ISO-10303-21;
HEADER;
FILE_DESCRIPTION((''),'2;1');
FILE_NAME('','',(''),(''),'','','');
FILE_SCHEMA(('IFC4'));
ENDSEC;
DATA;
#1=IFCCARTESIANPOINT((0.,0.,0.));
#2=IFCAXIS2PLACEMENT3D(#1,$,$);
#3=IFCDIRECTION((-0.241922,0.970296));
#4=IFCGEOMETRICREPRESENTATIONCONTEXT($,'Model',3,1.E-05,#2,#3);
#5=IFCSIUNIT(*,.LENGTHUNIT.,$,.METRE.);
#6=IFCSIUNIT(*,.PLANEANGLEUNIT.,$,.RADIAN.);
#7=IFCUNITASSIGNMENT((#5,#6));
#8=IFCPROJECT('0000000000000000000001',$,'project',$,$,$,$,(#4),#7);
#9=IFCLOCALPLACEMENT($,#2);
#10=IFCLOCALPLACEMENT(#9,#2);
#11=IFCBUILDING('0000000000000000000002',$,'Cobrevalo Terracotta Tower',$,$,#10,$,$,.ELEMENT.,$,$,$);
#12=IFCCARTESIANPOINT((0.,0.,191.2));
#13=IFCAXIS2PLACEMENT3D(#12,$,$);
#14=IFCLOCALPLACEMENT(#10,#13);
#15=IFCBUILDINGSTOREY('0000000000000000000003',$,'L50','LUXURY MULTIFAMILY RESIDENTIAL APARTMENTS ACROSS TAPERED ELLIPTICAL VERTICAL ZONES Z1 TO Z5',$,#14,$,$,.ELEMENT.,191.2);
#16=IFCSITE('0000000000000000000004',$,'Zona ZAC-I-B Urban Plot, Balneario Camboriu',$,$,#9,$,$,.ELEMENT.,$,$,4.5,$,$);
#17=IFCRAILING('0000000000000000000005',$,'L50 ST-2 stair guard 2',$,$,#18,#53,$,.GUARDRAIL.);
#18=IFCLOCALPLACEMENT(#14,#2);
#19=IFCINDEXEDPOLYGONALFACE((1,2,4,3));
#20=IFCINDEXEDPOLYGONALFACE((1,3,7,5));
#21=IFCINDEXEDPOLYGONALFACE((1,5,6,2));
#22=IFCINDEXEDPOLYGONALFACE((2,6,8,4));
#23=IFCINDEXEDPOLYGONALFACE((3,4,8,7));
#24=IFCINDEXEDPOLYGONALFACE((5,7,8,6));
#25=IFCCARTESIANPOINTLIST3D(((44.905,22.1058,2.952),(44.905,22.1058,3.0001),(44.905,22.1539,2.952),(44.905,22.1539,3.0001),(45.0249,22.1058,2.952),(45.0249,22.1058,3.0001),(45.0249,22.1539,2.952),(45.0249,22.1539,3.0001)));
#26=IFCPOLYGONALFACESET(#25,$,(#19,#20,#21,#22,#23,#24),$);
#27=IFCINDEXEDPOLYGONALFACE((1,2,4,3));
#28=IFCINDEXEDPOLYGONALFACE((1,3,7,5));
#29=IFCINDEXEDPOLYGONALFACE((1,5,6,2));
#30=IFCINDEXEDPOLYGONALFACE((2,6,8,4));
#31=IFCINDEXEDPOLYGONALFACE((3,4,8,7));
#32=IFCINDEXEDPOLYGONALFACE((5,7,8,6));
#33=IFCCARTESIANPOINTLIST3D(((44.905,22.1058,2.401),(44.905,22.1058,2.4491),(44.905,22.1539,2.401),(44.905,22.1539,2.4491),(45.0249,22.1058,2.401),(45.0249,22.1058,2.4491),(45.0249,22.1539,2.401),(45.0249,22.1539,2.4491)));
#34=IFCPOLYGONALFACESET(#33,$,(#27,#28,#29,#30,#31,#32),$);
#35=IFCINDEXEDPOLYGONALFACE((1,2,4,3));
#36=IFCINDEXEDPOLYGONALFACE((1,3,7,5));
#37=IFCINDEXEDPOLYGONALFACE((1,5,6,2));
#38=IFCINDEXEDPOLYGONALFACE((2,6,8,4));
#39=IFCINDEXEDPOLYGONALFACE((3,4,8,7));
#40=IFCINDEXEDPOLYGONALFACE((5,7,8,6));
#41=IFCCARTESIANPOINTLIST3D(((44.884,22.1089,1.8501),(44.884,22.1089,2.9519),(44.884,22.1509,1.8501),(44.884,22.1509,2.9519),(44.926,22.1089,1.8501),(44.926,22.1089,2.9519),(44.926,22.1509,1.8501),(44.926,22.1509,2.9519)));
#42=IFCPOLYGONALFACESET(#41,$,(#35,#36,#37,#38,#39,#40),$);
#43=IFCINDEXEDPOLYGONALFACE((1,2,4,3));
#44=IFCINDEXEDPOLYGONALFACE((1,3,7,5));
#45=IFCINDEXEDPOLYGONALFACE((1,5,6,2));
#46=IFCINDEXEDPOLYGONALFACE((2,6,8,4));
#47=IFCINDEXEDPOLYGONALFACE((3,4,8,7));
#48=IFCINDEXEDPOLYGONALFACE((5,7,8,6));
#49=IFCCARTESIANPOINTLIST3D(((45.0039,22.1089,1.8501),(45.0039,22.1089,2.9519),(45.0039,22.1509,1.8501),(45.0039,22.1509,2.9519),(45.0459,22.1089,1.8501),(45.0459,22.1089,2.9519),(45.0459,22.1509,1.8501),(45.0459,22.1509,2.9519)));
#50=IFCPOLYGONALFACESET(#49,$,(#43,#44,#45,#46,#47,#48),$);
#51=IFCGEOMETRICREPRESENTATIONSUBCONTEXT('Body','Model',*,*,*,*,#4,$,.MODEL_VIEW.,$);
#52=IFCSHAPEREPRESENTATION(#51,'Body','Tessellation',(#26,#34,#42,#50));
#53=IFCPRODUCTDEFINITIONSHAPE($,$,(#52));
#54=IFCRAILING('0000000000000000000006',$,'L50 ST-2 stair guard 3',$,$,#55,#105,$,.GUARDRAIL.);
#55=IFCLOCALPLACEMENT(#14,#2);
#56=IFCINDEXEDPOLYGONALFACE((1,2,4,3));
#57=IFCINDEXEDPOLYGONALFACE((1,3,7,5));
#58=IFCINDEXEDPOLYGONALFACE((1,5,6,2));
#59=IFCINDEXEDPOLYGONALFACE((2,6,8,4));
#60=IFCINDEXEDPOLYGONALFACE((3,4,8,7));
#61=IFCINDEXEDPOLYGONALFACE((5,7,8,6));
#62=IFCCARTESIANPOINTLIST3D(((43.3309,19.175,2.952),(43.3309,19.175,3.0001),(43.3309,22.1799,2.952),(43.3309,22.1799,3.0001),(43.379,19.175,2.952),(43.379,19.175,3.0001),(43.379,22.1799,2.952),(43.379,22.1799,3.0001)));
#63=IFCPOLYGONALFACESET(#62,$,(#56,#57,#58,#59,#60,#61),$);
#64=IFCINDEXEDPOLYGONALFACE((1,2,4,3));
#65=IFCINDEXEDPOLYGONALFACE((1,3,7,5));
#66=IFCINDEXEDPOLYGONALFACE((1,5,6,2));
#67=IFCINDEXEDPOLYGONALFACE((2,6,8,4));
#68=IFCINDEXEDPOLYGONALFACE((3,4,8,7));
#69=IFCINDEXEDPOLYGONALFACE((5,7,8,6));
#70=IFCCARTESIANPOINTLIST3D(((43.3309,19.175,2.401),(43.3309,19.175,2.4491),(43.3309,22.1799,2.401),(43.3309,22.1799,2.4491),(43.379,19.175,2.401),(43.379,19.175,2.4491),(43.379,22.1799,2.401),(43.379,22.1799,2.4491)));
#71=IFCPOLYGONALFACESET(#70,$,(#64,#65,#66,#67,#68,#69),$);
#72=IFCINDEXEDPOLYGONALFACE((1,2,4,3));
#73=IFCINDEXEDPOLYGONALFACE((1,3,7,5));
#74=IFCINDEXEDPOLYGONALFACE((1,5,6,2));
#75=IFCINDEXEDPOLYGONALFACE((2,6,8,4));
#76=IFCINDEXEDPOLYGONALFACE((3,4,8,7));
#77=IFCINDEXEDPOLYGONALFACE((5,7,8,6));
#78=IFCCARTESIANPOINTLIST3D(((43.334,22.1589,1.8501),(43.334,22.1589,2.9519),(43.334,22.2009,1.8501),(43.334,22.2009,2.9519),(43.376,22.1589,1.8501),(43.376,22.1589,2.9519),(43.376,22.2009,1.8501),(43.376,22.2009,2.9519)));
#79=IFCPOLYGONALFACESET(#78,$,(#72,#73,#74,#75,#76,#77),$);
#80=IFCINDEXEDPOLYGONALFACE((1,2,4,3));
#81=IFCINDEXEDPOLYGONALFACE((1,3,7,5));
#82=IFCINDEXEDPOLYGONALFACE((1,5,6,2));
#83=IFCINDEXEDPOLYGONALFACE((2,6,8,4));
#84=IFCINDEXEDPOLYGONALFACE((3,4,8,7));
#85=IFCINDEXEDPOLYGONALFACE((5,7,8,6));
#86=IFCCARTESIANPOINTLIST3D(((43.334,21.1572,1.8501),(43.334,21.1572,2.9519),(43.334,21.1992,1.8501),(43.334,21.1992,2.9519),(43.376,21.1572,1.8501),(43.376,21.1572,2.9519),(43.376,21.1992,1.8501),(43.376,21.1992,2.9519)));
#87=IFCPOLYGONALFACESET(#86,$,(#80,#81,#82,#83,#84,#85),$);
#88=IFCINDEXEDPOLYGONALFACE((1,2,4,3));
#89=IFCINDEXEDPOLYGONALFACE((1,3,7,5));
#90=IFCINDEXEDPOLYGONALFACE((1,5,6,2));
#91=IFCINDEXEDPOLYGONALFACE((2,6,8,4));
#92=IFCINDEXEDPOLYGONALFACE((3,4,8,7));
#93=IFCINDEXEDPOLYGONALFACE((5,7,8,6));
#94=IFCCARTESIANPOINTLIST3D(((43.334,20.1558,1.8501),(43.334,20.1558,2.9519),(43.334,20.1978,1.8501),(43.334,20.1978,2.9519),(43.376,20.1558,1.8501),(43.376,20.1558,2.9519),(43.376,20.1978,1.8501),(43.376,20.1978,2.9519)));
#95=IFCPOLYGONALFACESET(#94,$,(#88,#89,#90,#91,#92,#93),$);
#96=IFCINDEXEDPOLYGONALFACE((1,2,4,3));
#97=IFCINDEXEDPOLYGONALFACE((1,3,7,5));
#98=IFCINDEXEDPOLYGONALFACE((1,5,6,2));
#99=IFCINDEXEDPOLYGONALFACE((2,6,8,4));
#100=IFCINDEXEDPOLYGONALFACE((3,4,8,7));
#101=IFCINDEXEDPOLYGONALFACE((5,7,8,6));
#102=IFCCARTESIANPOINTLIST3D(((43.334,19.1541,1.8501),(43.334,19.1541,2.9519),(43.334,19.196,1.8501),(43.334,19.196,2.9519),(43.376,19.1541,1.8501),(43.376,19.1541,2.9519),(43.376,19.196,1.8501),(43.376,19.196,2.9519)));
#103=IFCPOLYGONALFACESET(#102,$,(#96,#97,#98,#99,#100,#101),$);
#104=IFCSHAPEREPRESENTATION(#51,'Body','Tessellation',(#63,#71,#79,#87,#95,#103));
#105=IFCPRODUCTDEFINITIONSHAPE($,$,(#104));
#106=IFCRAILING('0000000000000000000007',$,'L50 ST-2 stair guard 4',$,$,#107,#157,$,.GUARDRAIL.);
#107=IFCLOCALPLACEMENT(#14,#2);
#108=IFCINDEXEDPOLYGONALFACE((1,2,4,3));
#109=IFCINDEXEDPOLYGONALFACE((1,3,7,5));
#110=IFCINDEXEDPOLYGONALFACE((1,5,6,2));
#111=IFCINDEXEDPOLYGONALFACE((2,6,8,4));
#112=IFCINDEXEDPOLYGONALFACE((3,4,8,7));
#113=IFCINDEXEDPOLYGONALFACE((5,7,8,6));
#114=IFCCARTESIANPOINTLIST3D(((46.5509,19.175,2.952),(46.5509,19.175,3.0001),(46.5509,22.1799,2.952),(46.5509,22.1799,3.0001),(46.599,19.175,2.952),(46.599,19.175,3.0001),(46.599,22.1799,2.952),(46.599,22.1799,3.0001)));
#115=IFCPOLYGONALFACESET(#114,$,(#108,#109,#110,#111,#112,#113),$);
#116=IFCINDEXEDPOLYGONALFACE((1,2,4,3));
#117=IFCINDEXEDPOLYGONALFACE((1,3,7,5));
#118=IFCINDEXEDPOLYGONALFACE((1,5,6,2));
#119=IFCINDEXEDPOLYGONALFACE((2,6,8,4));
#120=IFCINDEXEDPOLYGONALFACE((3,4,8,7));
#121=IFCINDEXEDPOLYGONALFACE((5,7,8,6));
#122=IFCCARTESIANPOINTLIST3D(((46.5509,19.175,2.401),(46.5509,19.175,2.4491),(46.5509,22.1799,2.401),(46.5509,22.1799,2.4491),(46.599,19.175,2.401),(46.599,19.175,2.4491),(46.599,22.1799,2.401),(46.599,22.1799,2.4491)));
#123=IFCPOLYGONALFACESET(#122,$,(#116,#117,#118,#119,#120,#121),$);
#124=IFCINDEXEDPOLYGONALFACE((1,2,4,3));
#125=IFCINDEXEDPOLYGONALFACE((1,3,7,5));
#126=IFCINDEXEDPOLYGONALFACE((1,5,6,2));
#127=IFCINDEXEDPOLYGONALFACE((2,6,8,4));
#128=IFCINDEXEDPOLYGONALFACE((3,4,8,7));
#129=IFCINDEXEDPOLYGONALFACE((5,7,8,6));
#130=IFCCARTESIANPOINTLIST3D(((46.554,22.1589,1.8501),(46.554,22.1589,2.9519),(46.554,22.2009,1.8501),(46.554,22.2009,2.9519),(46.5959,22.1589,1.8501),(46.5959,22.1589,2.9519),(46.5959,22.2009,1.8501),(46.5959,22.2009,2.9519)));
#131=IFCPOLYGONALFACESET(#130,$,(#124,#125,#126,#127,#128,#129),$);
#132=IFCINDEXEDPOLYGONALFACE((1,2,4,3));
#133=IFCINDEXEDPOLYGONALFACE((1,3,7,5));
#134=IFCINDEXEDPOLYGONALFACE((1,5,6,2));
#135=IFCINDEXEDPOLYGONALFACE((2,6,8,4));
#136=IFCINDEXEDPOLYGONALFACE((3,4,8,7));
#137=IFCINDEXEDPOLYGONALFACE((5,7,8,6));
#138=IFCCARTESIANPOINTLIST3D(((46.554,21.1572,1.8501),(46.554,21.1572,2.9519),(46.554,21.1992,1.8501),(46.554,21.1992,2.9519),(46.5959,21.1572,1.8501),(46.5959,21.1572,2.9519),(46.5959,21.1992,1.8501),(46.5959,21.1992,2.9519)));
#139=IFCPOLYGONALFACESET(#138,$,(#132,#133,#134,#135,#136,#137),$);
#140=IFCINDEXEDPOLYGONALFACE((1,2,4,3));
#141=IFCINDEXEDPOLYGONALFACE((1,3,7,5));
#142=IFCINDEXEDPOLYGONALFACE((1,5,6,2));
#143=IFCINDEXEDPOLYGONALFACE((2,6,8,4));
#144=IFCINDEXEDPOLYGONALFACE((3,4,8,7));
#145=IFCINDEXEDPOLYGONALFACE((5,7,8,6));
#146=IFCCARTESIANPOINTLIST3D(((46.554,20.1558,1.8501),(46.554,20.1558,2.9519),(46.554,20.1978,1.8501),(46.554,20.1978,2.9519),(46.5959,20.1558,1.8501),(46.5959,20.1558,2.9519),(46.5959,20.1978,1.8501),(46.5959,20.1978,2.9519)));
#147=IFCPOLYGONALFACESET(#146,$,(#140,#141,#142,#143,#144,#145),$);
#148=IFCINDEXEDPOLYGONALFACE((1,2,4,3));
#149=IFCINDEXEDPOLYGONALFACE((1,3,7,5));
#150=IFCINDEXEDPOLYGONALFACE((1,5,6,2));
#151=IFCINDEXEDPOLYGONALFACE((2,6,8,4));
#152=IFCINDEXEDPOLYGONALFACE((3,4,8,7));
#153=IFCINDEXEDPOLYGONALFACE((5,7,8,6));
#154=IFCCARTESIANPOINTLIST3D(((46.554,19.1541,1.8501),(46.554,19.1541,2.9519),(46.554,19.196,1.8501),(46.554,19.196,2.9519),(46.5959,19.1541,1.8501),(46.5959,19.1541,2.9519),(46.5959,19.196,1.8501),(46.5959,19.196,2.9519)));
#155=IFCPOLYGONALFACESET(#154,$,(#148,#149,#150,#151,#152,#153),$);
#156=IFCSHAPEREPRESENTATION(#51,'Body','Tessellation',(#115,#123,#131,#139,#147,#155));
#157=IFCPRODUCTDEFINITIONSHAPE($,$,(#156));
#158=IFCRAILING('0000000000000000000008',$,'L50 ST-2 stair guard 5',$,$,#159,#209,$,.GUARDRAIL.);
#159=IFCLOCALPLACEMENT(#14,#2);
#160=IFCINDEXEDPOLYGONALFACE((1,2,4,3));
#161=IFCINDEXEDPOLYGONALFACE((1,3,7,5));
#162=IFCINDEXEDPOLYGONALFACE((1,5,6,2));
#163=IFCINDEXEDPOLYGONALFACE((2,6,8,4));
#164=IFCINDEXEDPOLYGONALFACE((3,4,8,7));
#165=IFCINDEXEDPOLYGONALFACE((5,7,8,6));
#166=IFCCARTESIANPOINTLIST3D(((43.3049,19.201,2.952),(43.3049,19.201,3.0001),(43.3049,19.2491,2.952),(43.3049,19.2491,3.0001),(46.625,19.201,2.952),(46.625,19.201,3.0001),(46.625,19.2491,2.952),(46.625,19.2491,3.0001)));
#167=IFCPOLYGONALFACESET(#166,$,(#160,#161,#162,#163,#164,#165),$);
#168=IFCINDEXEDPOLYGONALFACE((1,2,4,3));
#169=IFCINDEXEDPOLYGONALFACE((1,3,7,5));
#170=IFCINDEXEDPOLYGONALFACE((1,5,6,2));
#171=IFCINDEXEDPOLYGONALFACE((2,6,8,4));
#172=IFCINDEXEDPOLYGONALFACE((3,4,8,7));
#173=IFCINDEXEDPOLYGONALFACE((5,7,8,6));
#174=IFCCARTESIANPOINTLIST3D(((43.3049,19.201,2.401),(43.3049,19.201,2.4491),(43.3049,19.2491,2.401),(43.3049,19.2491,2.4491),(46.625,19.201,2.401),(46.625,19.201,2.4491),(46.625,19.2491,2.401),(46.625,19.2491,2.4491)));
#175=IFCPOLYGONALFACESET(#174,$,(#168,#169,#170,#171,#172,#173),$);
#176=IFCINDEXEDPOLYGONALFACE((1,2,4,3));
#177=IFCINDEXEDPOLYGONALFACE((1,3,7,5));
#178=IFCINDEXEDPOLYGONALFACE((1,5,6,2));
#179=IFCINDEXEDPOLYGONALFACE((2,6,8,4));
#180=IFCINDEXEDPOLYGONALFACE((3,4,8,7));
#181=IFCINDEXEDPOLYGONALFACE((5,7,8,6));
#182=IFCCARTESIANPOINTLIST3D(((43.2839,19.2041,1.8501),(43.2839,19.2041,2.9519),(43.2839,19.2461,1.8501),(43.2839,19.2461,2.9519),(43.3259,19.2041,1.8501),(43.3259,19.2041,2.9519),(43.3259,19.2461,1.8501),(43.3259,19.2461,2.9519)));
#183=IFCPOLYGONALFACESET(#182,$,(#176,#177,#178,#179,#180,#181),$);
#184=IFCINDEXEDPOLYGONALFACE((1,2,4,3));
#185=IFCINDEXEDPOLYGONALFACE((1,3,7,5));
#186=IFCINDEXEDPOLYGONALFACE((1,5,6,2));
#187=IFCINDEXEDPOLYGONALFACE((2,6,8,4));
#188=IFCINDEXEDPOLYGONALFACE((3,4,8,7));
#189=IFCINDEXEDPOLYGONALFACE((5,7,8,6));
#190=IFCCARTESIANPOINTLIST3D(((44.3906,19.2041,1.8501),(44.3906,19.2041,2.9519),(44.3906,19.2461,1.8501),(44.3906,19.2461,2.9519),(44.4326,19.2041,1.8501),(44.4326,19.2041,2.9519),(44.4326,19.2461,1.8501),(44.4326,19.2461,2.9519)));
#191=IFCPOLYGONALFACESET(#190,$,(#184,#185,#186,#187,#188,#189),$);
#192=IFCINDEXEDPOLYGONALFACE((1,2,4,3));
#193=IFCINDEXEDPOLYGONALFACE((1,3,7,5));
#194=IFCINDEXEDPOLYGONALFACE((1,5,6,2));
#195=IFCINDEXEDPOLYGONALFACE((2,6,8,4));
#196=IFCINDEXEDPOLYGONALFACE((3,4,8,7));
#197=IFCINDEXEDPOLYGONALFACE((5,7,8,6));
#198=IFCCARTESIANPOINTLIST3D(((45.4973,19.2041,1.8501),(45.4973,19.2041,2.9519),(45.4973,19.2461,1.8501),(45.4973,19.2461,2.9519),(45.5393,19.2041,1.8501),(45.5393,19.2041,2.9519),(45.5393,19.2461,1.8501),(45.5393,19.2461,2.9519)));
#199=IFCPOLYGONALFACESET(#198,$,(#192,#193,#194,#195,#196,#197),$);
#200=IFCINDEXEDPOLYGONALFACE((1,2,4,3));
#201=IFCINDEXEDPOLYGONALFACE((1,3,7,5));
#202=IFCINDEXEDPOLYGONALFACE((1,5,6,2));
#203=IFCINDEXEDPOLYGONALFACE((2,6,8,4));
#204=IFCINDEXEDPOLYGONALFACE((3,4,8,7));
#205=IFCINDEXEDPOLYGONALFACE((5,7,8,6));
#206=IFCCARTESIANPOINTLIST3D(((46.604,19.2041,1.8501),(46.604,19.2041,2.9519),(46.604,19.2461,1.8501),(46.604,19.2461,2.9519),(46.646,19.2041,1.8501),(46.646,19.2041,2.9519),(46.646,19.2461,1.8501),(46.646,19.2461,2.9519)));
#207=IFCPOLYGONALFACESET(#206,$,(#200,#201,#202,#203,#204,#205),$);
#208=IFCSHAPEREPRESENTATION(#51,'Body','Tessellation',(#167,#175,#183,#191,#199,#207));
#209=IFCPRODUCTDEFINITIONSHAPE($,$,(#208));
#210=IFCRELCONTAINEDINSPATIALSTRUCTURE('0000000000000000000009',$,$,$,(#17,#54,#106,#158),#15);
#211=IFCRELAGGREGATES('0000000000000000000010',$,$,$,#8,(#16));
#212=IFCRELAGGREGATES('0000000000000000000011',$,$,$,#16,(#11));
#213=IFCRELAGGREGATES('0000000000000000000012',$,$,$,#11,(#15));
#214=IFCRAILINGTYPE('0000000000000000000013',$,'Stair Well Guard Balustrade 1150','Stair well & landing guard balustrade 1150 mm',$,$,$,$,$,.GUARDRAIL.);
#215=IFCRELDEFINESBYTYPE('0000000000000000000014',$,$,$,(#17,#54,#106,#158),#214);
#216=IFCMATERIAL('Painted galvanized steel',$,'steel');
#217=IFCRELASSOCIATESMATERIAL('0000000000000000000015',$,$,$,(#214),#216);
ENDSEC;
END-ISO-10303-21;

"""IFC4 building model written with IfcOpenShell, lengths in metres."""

from ifc_helpers import new_model, si_unit, direction, frame, origin, origin_2d, place, context, subcontext, project, spatial, rectangle, extrude, material, type_object, element, save


model = new_model("IFC4")

# Units and contexts
model_context = context("Model", 3, precision=1e-05, world=origin(), true_north=direction((-0.241922, 0.970296)))
body_context = subcontext(model_context, "Body", "Model", "MODEL_VIEW")
ifc_project = project(units=[si_unit("LENGTHUNIT", "METRE"), si_unit("PLANEANGLEUNIT", "RADIAN")], contexts=[model_context])

# Site, building, storey
site_placement = place(None, origin())
site = spatial("IfcSite", under=ifc_project, at=site_placement, Name="Zona ZAC-I-B Urban Plot, Balneario Camboriu", CompositionType="ELEMENT", RefElevation=4.5)
building_placement = place(site_placement, origin())
building = spatial("IfcBuilding", under=site, at=building_placement, Name="Cobrevalo Terracotta Tower", CompositionType="ELEMENT")
storey_placement = place(building_placement, frame((0.0, 0.0, 191.2)))
storey = spatial("IfcBuildingStorey", under=building, at=storey_placement, Name="L50", Description="LUXURY MULTIFAMILY RESIDENTIAL APARTMENTS ACROSS TAPERED ELLIPTICAL VERTICAL ZONES Z1 TO Z5", CompositionType="ELEMENT", Elevation=191.2)

# Railings
ifc_material_1 = material(Name="Painted galvanized steel", Category="steel")
railing_type_1 = type_object("IfcRailingType", Name="Stair Well Guard Balustrade 1150", Description="Stair well & landing guard balustrade 1150 mm", PredefinedType="GUARDRAIL", material=ifc_material_1)
railing_1_placement = place(storey_placement, frame((44.905, 22.1299, 1.8501)))
element("IfcRailing", 1, at=railing_1_placement, inside=storey, type_object=railing_type_1, Name="L50 ST-2 stair guard 2", PredefinedType="GUARDRAIL", context=body_context, shape_type="SweptSolid", body=[
    extrude(rectangle(XDim=0.0481, YDim=0.0481, at=origin_2d()), frame((0.0, 0.0, 1.126), z_axis=(1.0, 0.0, 0.0), x_axis=(0.0, 1.0, 0.0)), (0.0, 0.0, 1.0), 0.1199),
    extrude(rectangle(XDim=0.0481, YDim=0.0481, at=origin_2d()), frame((0.0, 0.0, 0.575), z_axis=(1.0, 0.0, 0.0), x_axis=(0.0, 1.0, 0.0)), (0.0, 0.0, 1.0), 0.1199),
    extrude(rectangle(XDim=0.042, YDim=0.042, at=origin_2d()), origin(), (0.0, 0.0, 1.0), 1.1018),
    extrude(rectangle(XDim=0.042, YDim=0.042, at=origin_2d()), frame((0.1199, 0.0, 0.0)), (0.0, 0.0, 1.0), 1.1018),
])
for number, where, name in (
    (2, (43.355, 22.1799, 1.8501), "L50 ST-2 stair guard 3"),
    (3, (46.575, 22.1799, 1.8501), "L50 ST-2 stair guard 4"),
):
    element("IfcRailing", number, at=place(storey_placement, frame(where)), inside=storey, type_object=railing_type_1, Name=name, PredefinedType="GUARDRAIL", context=body_context, shape_type="SweptSolid", body=[
        extrude(rectangle(XDim=0.0481, YDim=0.0481, at=origin_2d()), frame((0.0, 0.0, 1.126), z_axis=(0.0, -1.0, 0.0), x_axis=(1.0, 0.0, 0.0)), (0.0, 0.0, 1.0), 3.0049),
        extrude(rectangle(XDim=0.0481, YDim=0.0481, at=origin_2d()), frame((0.0, 0.0, 0.575), z_axis=(0.0, -1.0, 0.0), x_axis=(1.0, 0.0, 0.0)), (0.0, 0.0, 1.0), 3.0049),
        extrude(rectangle(XDim=0.042, YDim=0.042, at=origin_2d()), origin(), (0.0, 0.0, 1.0), 1.1018),
        extrude(rectangle(XDim=0.042, YDim=0.042, at=origin_2d()), frame((0.0, -1.0017, 0.0)), (0.0, 0.0, 1.0), 1.1018),
        extrude(rectangle(XDim=0.042, YDim=0.042, at=origin_2d()), frame((0.0, -2.0032, 0.0)), (0.0, 0.0, 1.0), 1.1018),
        extrude(rectangle(XDim=0.042, YDim=0.042, at=origin_2d()), frame((0.0, -3.0049, 0.0)), (0.0, 0.0, 1.0), 1.1018),
    ])
railing_2_placement = place(storey_placement, frame((43.3049, 19.2251, 1.8501)))
element("IfcRailing", 4, at=railing_2_placement, inside=storey, type_object=railing_type_1, Name="L50 ST-2 stair guard 5", PredefinedType="GUARDRAIL", context=body_context, shape_type="SweptSolid", body=[
    extrude(rectangle(XDim=0.0481, YDim=0.0481, at=origin_2d()), frame((0.0, 0.0, 1.126), z_axis=(1.0, 0.0, 0.0), x_axis=(0.0, 1.0, 0.0)), (0.0, 0.0, 1.0), 3.3201),
    extrude(rectangle(XDim=0.0481, YDim=0.0481, at=origin_2d()), frame((0.0, 0.0, 0.575), z_axis=(1.0, 0.0, 0.0), x_axis=(0.0, 1.0, 0.0)), (0.0, 0.0, 1.0), 3.3201),
    extrude(rectangle(XDim=0.042, YDim=0.042, at=origin_2d()), origin(), (0.0, 0.0, 1.0), 1.1018),
    extrude(rectangle(XDim=0.042, YDim=0.042, at=origin_2d()), frame((1.1067, 0.0, 0.0)), (0.0, 0.0, 1.0), 1.1018),
    extrude(rectangle(XDim=0.042, YDim=0.042, at=origin_2d()), frame((2.2134, 0.0, 0.0)), (0.0, 0.0, 1.0), 1.1018),
    extrude(rectangle(XDim=0.042, YDim=0.042, at=origin_2d()), frame((3.3201, 0.0, 0.0)), (0.0, 0.0, 1.0), 1.1018),
])

save(model, "model.ifc")
